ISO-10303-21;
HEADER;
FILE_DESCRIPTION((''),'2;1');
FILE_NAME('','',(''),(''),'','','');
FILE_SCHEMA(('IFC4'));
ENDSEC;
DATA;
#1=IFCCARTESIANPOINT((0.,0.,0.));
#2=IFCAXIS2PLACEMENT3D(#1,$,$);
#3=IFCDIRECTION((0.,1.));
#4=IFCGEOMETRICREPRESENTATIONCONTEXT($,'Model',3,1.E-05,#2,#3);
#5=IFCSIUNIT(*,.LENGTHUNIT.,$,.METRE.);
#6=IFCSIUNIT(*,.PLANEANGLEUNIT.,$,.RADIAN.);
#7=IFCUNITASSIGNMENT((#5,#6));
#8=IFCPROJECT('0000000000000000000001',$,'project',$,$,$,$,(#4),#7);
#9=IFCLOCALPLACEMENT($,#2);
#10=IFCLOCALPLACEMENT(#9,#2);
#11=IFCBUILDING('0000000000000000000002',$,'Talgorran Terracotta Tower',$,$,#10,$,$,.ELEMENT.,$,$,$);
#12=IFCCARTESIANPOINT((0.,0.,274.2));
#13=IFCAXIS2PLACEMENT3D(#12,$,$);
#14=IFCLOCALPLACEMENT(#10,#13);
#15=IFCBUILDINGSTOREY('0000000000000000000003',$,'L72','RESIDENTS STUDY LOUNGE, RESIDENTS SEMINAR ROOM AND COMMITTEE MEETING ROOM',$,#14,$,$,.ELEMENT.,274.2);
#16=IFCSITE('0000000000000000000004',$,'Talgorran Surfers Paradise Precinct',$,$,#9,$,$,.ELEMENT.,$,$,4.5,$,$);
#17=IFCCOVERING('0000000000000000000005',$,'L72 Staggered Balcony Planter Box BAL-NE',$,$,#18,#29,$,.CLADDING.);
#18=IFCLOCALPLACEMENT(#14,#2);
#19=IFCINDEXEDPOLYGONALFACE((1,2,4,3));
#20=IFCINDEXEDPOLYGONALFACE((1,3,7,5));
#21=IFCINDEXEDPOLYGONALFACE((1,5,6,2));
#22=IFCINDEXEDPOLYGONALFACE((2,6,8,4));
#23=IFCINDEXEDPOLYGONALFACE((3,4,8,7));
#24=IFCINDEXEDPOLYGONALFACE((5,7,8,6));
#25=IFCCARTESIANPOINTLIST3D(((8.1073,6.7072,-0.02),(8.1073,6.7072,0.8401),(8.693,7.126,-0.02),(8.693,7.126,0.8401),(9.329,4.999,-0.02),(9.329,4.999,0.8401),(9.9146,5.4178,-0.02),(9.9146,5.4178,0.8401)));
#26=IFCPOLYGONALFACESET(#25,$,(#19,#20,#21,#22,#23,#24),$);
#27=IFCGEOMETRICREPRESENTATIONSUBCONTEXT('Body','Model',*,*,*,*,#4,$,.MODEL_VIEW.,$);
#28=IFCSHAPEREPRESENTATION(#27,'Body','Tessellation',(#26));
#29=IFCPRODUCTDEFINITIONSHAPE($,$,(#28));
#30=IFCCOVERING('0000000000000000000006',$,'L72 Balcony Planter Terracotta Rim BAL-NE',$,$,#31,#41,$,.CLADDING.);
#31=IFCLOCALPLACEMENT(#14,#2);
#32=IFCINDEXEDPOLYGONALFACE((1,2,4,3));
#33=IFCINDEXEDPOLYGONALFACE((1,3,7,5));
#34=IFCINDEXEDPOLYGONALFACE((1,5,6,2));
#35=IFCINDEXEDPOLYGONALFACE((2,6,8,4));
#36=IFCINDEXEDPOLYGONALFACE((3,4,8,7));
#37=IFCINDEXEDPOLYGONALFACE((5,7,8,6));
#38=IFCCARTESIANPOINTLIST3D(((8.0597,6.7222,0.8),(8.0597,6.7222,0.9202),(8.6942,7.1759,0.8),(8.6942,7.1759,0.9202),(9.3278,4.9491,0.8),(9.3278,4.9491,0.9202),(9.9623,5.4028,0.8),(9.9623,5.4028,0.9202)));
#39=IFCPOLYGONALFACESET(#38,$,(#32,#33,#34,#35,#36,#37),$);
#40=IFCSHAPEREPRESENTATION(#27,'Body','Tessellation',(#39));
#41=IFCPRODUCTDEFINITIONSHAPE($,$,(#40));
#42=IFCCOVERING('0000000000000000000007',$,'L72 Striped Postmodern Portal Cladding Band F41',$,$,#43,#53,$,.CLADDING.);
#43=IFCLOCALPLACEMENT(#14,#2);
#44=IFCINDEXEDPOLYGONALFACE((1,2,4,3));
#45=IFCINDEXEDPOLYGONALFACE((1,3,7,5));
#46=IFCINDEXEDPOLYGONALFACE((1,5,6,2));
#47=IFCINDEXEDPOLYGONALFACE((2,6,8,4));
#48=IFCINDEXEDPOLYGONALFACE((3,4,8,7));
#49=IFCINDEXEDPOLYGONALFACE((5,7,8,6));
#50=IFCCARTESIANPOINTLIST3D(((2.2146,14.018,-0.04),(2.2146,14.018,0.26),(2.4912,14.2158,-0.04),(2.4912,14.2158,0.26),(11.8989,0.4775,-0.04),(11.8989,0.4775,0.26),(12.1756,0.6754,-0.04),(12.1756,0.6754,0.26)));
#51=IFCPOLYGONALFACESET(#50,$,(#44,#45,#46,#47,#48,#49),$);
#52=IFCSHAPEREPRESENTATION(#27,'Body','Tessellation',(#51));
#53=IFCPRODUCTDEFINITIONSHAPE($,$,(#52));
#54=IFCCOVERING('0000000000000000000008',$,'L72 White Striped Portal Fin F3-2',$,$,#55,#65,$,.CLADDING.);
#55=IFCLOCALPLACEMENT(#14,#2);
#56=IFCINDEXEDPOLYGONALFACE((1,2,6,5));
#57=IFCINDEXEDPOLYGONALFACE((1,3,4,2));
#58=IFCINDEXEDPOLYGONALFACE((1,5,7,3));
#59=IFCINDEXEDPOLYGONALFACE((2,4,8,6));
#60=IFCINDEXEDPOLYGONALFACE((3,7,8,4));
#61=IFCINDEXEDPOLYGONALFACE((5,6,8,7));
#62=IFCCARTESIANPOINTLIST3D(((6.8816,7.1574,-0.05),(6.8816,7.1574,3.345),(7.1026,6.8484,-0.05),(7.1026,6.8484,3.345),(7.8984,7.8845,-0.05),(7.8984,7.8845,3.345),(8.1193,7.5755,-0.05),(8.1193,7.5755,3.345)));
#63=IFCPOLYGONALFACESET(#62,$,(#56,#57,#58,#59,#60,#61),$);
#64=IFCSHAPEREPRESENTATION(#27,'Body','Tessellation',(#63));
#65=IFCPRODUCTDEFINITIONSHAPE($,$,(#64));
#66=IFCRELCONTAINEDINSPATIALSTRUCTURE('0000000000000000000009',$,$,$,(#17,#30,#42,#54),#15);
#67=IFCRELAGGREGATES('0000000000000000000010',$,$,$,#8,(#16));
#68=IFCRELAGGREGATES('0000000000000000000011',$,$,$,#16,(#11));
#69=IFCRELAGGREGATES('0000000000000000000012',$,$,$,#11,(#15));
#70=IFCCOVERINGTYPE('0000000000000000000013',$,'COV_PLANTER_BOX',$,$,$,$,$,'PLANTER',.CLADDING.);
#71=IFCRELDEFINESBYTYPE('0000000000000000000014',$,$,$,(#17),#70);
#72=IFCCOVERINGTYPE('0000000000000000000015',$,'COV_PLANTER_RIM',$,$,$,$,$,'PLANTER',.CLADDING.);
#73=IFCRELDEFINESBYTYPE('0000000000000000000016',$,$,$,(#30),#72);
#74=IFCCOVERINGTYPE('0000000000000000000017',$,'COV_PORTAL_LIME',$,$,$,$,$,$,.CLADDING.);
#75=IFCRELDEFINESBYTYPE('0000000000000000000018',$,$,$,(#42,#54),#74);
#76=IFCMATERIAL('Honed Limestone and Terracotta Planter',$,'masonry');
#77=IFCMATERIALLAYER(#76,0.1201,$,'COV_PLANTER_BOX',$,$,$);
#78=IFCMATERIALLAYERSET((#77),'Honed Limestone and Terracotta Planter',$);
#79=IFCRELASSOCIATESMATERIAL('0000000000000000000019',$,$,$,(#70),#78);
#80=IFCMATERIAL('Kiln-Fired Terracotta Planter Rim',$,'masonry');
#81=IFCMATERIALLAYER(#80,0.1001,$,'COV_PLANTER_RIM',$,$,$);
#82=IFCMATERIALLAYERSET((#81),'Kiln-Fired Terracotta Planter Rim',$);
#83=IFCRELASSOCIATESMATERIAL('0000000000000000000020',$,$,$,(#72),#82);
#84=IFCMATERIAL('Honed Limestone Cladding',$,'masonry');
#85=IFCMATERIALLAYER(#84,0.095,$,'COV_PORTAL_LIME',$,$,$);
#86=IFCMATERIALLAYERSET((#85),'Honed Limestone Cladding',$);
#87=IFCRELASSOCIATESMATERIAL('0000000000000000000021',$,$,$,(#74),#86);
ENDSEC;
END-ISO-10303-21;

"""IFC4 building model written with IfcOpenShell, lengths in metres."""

from ifc_helpers import new_model, si_unit, direction, frame, origin, origin_2d, place, context, subcontext, project, spatial, rectangle, extrude, material, layer, layer_set, type_object, element, save


model = new_model("IFC4")

# Units and contexts
model_context = context("Model", 3, precision=1e-05, world=origin(), true_north=direction((0.0, 1.0)))
body_context = subcontext(model_context, "Body", "Model", "MODEL_VIEW")
ifc_project = project(units=[si_unit("LENGTHUNIT", "METRE"), si_unit("PLANEANGLEUNIT", "RADIAN")], contexts=[model_context])

# Site, building, storey
site_placement = place(None, origin())
site = spatial("IfcSite", under=ifc_project, at=site_placement, Name="Talgorran Surfers Paradise Precinct", CompositionType="ELEMENT", RefElevation=4.5)
building_placement = place(site_placement, origin())
building = spatial("IfcBuilding", under=site, at=building_placement, Name="Talgorran Terracotta Tower", CompositionType="ELEMENT")
storey_placement = place(building_placement, frame((0.0, 0.0, 274.2)))
storey = spatial("IfcBuildingStorey", under=building, at=storey_placement, Name="L72", Description="RESIDENTS STUDY LOUNGE, RESIDENTS SEMINAR ROOM AND COMMITTEE MEETING ROOM", CompositionType="ELEMENT", Elevation=274.2)

# Coverings
ifc_material_1 = material(Name="Honed Limestone and Terracotta Planter", Category="masonry")
ifc_layer_1 = layer(ifc_material_1, 0.1201, Name="COV_PLANTER_BOX")
ifc_layer_set_1 = layer_set([ifc_layer_1], Name="Honed Limestone and Terracotta Planter")
covering_type_1 = type_object("IfcCoveringType", Name="COV_PLANTER_BOX", ElementType="PLANTER", PredefinedType="CLADDING", material=ifc_layer_set_1)
covering_1_placement = place(storey_placement, frame((9.011, 6.0625, -0.02), z_axis=(0.0, 0.0, 1.0), x_axis=(-0.581726, 0.813385, 0.0)))
element("IfcCovering", 1, at=covering_1_placement, inside=storey, type_object=covering_type_1, Name="L72 Staggered Balcony Planter Box BAL-NE", PredefinedType="CLADDING", context=body_context, shape_type="SweptSolid", body=[
    extrude(rectangle(XDim=2.1001, YDim=0.72, at=origin_2d()), origin(), (0.0, 0.0, 1.0), 0.8601),
])
ifc_material_2 = material(Name="Kiln-Fired Terracotta Planter Rim", Category="masonry")
ifc_layer_2 = layer(ifc_material_2, 0.1001, Name="COV_PLANTER_RIM")
ifc_layer_set_2 = layer_set([ifc_layer_2], Name="Kiln-Fired Terracotta Planter Rim")
covering_type_2 = type_object("IfcCoveringType", Name="COV_PLANTER_RIM", ElementType="PLANTER", PredefinedType="CLADDING", material=ifc_layer_set_2)
covering_2_placement = place(storey_placement, frame((9.011, 6.0625, 0.8), z_axis=(0.0, 0.0, 1.0), x_axis=(-0.581726, 0.813385, 0.0)))
element("IfcCovering", 2, at=covering_2_placement, inside=storey, type_object=covering_type_2, Name="L72 Balcony Planter Terracotta Rim BAL-NE", PredefinedType="CLADDING", context=body_context, shape_type="SweptSolid", body=[
    extrude(rectangle(XDim=2.1799, YDim=0.78, at=origin_2d()), origin(), (0.0, 0.0, 1.0), 0.1201),
])
ifc_material_3 = material(Name="Honed Limestone Cladding", Category="masonry")
ifc_layer_3 = layer(ifc_material_3, 0.095, Name="COV_PORTAL_LIME")
ifc_layer_set_3 = layer_set([ifc_layer_3], Name="Honed Limestone Cladding")
covering_type_3 = type_object("IfcCoveringType", Name="COV_PORTAL_LIME", PredefinedType="CLADDING", material=ifc_layer_set_3)
covering_3_placement = place(storey_placement, frame((7.1951, 7.3467, -0.04), z_axis=(0.0, 0.0, 1.0), x_axis=(-0.58174, 0.813375, 0.0)))
element("IfcCovering", 3, at=covering_3_placement, inside=storey, type_object=covering_type_3, Name="L72 Striped Postmodern Portal Cladding Band F41", PredefinedType="CLADDING", context=body_context, shape_type="SweptSolid", body=[
    extrude(rectangle(XDim=16.6472, YDim=0.3401, at=origin_2d()), origin(), (0.0, 0.0, 1.0), 0.3),
])
covering_4_placement = place(storey_placement, frame((7.5005, 7.3665, -0.05), z_axis=(0.0, 0.0, 1.0), x_axis=(-0.581726, 0.813385, 0.0)))
element("IfcCovering", 4, at=covering_4_placement, inside=storey, type_object=covering_type_3, Name="L72 White Striped Portal Fin F3-2", PredefinedType="CLADDING", context=body_context, shape_type="SweptSolid", body=[
    extrude(rectangle(XDim=0.3799, YDim=1.25, at=origin_2d()), origin(), (0.0, 0.0, 1.0), 3.395),
])

save(model, "model.ifc")
